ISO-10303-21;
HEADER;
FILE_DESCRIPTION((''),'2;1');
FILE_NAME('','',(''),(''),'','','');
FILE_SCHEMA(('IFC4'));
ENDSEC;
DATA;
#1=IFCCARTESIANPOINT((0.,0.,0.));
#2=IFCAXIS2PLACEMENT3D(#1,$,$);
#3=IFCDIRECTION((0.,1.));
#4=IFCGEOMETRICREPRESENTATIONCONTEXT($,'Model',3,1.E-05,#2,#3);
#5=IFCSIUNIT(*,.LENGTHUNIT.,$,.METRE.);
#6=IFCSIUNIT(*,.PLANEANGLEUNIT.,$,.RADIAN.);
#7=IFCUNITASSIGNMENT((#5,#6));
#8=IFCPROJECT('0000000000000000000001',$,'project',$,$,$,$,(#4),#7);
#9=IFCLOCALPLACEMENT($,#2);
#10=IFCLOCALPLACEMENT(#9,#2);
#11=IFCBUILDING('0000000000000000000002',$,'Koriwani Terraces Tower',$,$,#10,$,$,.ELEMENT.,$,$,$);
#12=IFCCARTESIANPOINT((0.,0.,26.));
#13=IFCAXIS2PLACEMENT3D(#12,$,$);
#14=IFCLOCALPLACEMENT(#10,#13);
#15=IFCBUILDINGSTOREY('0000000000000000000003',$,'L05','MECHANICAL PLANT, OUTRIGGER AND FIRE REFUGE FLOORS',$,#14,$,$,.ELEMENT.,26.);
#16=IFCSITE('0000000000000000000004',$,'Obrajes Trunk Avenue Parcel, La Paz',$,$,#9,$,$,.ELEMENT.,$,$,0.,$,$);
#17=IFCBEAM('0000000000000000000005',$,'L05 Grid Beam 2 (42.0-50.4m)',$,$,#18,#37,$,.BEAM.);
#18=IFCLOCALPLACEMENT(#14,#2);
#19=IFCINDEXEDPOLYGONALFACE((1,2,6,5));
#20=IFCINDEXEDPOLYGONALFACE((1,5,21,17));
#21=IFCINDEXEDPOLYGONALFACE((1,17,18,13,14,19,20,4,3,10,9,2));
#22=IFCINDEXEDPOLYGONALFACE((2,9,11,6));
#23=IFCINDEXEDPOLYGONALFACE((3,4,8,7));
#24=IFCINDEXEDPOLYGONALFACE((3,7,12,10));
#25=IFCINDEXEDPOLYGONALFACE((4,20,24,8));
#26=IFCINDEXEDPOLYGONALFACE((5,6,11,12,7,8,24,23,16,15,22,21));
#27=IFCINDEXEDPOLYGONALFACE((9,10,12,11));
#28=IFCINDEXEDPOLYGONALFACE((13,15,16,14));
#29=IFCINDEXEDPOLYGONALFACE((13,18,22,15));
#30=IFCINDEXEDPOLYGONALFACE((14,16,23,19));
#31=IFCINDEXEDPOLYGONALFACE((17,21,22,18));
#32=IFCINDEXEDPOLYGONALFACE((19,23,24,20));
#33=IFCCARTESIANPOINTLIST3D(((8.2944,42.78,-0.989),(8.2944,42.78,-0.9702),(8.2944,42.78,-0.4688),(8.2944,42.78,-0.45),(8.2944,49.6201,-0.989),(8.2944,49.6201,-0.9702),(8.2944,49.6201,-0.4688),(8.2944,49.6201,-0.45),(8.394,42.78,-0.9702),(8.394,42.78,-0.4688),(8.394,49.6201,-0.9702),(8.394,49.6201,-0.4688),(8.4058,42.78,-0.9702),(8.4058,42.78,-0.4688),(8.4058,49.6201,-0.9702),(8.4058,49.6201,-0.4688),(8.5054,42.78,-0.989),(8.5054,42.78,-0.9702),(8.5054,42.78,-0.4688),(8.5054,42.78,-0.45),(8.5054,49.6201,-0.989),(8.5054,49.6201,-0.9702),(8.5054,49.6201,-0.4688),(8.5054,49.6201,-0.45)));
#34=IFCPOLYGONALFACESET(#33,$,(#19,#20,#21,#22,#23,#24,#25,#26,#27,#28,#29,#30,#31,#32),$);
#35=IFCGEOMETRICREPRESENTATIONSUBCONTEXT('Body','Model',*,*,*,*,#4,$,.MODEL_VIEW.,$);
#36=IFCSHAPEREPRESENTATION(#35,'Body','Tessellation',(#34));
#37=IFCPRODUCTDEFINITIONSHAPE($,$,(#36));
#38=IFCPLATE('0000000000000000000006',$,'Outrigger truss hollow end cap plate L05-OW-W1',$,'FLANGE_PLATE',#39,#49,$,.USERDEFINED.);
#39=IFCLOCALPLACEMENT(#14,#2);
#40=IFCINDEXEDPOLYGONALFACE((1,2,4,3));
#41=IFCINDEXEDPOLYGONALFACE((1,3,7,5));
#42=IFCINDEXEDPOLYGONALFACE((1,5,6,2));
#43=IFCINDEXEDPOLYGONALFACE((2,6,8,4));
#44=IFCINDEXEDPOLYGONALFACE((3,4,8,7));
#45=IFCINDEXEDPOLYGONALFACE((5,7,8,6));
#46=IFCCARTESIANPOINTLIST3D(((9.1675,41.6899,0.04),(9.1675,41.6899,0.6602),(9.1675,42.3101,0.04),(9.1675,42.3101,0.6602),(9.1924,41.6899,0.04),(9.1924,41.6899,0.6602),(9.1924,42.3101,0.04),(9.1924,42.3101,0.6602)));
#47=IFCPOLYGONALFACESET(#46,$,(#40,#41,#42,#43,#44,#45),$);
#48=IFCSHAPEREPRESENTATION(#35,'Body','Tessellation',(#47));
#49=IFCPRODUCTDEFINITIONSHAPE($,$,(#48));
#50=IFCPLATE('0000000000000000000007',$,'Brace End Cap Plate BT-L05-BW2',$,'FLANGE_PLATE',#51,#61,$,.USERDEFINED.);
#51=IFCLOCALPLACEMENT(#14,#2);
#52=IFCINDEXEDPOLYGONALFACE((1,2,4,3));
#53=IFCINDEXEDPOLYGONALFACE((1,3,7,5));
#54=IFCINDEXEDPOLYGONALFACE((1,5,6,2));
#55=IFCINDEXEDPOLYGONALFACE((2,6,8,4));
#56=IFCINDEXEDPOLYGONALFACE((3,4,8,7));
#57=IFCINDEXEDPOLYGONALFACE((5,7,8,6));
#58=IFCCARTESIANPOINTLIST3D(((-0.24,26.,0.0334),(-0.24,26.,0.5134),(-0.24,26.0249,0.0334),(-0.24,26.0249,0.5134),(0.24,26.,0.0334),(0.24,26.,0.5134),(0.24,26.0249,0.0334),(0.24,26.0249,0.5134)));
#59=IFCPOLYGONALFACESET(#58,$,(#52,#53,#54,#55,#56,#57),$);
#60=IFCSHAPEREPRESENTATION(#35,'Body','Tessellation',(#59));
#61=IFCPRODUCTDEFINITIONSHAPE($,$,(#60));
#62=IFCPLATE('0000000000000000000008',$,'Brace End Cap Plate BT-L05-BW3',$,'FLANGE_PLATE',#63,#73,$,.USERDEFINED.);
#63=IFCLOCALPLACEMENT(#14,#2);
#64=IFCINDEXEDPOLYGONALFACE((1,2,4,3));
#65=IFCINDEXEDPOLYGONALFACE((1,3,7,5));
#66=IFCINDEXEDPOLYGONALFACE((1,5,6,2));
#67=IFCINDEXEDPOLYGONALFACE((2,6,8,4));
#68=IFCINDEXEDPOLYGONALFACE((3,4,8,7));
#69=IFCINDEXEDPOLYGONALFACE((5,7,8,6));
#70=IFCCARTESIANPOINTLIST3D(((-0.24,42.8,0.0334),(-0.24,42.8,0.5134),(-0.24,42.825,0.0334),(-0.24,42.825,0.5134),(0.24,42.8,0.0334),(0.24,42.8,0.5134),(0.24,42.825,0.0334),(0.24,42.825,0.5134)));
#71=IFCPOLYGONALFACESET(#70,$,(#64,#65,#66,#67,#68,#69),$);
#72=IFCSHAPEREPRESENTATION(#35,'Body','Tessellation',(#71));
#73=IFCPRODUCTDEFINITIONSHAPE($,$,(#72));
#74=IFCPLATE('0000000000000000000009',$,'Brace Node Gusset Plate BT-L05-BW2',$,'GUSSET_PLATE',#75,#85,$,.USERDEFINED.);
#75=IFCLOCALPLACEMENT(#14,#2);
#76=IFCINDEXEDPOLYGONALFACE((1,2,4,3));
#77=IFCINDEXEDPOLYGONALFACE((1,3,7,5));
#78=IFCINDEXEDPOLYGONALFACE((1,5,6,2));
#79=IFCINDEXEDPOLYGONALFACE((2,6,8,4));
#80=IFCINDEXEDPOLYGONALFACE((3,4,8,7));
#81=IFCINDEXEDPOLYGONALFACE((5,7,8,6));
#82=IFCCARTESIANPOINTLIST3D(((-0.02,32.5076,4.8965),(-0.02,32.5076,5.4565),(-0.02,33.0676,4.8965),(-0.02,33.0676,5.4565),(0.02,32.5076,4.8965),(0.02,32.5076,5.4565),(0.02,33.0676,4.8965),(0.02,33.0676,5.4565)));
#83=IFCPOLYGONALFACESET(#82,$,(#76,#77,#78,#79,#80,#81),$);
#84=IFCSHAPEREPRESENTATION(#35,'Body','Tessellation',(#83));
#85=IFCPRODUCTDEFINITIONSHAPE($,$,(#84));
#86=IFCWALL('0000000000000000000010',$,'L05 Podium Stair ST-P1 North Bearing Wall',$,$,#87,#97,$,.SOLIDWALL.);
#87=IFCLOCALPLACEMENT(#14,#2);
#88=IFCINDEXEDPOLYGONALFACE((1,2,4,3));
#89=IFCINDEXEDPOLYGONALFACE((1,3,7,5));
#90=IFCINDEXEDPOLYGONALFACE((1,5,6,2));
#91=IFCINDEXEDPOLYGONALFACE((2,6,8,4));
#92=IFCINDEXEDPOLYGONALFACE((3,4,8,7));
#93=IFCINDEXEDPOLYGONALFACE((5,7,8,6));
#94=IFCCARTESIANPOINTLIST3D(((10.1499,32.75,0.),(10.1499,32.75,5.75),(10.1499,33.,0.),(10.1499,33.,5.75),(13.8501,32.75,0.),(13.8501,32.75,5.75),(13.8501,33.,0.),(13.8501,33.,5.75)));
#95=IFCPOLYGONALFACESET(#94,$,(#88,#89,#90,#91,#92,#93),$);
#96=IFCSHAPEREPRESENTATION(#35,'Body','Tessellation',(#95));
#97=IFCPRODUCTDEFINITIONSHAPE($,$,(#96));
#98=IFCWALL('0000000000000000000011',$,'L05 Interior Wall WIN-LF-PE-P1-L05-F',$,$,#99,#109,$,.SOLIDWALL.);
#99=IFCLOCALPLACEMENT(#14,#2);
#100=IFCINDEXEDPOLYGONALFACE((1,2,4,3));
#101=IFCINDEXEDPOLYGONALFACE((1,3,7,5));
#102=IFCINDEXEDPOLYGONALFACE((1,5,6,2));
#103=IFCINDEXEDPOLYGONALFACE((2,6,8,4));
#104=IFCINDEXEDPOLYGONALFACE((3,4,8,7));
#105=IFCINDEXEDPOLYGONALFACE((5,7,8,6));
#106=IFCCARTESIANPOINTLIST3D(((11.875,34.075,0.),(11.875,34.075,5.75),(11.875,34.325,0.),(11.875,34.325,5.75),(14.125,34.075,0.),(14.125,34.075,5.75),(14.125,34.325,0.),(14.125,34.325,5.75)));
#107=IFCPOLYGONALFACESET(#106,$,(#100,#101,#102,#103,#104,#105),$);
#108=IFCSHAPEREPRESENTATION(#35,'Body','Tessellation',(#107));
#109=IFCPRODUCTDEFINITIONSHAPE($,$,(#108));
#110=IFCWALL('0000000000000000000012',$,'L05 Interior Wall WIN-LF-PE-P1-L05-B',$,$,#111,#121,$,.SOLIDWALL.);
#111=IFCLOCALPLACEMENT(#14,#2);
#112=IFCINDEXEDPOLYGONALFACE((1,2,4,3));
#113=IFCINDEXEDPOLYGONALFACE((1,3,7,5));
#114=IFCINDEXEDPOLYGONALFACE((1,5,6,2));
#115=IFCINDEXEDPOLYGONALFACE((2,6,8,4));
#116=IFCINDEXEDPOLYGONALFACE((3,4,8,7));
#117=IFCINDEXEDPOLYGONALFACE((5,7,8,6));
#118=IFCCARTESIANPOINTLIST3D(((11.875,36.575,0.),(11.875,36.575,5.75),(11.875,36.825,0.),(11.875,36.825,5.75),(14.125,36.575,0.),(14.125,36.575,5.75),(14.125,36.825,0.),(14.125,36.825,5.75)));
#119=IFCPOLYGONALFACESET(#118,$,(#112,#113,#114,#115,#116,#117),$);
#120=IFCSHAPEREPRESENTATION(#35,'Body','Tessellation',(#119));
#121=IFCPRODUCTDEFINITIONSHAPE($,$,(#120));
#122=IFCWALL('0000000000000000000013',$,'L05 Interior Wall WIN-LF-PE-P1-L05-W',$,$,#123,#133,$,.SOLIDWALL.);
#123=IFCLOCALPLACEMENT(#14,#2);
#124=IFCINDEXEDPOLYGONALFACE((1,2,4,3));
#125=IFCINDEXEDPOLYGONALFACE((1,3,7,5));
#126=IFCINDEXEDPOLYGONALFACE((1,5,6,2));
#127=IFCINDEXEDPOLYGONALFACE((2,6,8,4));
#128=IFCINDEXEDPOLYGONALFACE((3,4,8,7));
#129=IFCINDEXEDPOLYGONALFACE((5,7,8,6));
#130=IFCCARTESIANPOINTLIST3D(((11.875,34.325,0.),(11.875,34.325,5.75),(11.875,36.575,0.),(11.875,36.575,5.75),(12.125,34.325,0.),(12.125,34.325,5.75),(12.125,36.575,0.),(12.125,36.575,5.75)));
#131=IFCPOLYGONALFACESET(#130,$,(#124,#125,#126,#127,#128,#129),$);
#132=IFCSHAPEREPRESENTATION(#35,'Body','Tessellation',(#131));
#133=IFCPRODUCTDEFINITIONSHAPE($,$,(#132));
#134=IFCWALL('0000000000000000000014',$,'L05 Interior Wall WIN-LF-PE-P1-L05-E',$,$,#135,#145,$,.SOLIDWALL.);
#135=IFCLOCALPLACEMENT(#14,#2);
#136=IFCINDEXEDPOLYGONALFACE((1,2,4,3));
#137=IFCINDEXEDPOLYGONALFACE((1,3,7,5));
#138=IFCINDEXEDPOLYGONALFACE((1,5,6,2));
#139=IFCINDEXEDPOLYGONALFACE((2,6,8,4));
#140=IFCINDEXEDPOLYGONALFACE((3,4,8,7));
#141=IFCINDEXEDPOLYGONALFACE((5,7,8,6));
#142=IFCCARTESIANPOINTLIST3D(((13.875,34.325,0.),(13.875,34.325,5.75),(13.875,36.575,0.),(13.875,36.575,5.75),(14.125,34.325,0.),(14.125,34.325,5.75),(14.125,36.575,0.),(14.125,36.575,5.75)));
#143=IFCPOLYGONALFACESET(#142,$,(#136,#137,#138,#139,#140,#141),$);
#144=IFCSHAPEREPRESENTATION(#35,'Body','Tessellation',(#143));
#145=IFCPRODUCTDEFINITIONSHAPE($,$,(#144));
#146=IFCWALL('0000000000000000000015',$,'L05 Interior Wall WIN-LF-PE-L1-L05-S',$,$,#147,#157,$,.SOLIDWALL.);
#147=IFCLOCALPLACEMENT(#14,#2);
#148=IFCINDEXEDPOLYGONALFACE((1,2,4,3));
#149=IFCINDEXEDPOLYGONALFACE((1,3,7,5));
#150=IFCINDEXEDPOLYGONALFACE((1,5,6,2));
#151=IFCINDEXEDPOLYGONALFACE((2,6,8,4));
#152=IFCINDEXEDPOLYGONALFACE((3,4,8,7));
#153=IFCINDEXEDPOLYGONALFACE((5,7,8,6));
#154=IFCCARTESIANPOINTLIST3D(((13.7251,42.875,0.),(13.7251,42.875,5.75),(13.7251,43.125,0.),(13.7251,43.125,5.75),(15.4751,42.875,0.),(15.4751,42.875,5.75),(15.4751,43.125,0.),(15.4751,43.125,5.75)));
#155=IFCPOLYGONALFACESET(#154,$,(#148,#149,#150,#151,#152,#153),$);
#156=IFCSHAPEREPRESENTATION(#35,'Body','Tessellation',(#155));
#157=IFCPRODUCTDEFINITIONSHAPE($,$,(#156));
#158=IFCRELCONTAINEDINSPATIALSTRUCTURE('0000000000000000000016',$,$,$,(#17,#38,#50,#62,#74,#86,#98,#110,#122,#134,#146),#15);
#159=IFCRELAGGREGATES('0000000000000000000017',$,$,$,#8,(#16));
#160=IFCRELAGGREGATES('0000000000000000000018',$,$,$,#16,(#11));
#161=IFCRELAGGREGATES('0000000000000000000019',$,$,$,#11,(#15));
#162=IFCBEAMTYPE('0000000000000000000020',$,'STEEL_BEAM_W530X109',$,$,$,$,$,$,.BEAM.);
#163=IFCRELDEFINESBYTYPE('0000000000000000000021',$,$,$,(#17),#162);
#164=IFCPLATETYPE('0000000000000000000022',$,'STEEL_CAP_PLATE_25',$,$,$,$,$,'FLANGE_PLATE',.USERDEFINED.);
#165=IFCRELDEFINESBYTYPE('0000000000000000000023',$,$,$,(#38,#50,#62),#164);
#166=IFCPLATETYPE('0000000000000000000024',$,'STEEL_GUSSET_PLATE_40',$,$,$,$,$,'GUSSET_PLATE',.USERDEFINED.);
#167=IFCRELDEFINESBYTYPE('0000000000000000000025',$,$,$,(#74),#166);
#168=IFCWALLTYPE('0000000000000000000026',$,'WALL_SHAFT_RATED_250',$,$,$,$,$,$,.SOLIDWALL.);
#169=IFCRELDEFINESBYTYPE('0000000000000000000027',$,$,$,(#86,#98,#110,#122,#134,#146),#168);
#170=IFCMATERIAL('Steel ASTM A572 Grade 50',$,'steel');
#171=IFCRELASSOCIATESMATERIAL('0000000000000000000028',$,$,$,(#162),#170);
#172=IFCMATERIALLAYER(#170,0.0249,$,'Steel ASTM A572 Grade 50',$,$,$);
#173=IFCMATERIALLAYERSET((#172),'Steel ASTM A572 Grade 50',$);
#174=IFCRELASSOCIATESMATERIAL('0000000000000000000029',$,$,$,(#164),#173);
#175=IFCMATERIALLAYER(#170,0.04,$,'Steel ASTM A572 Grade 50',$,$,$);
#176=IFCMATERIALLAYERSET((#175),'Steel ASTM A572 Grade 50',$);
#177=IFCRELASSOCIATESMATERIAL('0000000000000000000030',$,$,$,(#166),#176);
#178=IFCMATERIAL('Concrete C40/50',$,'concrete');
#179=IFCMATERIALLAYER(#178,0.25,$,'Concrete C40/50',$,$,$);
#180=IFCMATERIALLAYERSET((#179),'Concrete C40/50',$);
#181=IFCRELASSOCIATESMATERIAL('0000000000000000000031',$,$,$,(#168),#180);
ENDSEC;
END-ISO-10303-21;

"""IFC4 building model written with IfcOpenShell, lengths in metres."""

from ifc_helpers import new_model, si_unit, direction, frame, frame_2d, origin, origin_2d, place, context, subcontext, project, spatial, rectangle, i_section, extrude, material, layer, layer_set, material_profile, profile_set, type_object, element, save


model = new_model("IFC4")

# Units and contexts
model_context = context("Model", 3, precision=1e-05, world=origin(), true_north=direction((0.0, 1.0)))
body_context = subcontext(model_context, "Body", "Model", "MODEL_VIEW")
ifc_project = project(units=[si_unit("LENGTHUNIT", "METRE"), si_unit("PLANEANGLEUNIT", "RADIAN")], contexts=[model_context])

# Site, building, storey
site_placement = place(None, origin())
site = spatial("IfcSite", under=ifc_project, at=site_placement, Name="Obrajes Trunk Avenue Parcel, La Paz", CompositionType="ELEMENT", RefElevation=0.0)
building_placement = place(site_placement, origin())
building = spatial("IfcBuilding", under=site, at=building_placement, Name="Koriwani Terraces Tower", CompositionType="ELEMENT")
storey_placement = place(building_placement, frame((0.0, 0.0, 26.0)))
storey = spatial("IfcBuildingStorey", under=building, at=storey_placement, Name="L05", Description="MECHANICAL PLANT, OUTRIGGER AND FIRE REFUGE FLOORS", CompositionType="ELEMENT", Elevation=26.0)

# Shared definitions
ifc_material_1 = material(Name="Concrete C40/50", Category="concrete")

# Shared definitions
ifc_material_2 = material(Name="Steel ASTM A572 Grade 50", Category="steel")

# Beam
ifc_material_profile_1 = material_profile(ifc_material_2, i_section(OverallWidth=0.2109, OverallDepth=0.5391, WebThickness=0.0117, FlangeThickness=0.0188, at=origin_2d()), Name="Steel ASTM A572 Grade 50", Category="LoadBearing")
ifc_profile_set_1 = profile_set([ifc_material_profile_1], Name="Steel ASTM A572 Grade 50")
beam_type_1 = type_object("IfcBeamType", Name="STEEL_BEAM_W530X109", PredefinedType="BEAM", material=ifc_profile_set_1)
for number, where, z_axis, x_axis, name in (
    (1, (8.3999, 42.78, -0.7195), (0.0, 1.0, 0.0), (-1.0, 0.0, 0.0), "L05 Grid Beam 2 (42.0-50.4m)"),
):
    element("IfcBeam", number, at=place(storey_placement, frame(where, z_axis=z_axis, x_axis=x_axis)), inside=storey, type_object=beam_type_1, Name=name, PredefinedType="BEAM", context=body_context, shape_type="SweptSolid", body=[
        extrude(i_section(OverallWidth=0.2109, OverallDepth=0.5391, WebThickness=0.0117, FlangeThickness=0.0188, at=origin_2d()), origin(), (0.0, 0.0, 1.0), 6.8401),
    ])

# Plates
ifc_layer_1 = layer(ifc_material_2, 0.0249, Name="Steel ASTM A572 Grade 50")
ifc_layer_set_1 = layer_set([ifc_layer_1], Name="Steel ASTM A572 Grade 50")
plate_type_1 = type_object("IfcPlateType", Name="STEEL_CAP_PLATE_25", ElementType="FLANGE_PLATE", PredefinedType="USERDEFINED", material=ifc_layer_set_1)
plate_1_placement = place(storey_placement, frame((9.1799, 42.0, 0.04), z_axis=(0.0, 0.0, 1.0), x_axis=(1.0, 0.0, 0.0)))
element("IfcPlate", 2, at=plate_1_placement, inside=storey, type_object=plate_type_1, Name="Outrigger truss hollow end cap plate L05-OW-W1", ObjectType="FLANGE_PLATE", PredefinedType="USERDEFINED", context=body_context, shape_type="SweptSolid", body=[
    extrude(rectangle(XDim=0.0249, YDim=0.6201, at=origin_2d()), origin(), (0.0, 0.0, 1.0), 0.6201),
])
for number, where, z_axis, x_axis, name in (
    (3, (0.0, 26.0125, 0.0334), (0.0, 0.0, 1.0), (0.0, 1.0, 0.0), "Brace End Cap Plate BT-L05-BW2"),
    (4, (0.0, 42.8125, 0.0334), (0.0, 0.0, 1.0), (0.0, 1.0, 0.0), "Brace End Cap Plate BT-L05-BW3"),
):
    element("IfcPlate", number, at=place(storey_placement, frame(where, z_axis=z_axis, x_axis=x_axis)), inside=storey, type_object=plate_type_1, Name=name, ObjectType="FLANGE_PLATE", PredefinedType="USERDEFINED", context=body_context, shape_type="SweptSolid", body=[
        extrude(rectangle(XDim=0.0249, YDim=0.48, at=origin_2d()), origin(), (0.0, 0.0, 1.0), 0.48),
    ])
ifc_layer_2 = layer(ifc_material_2, 0.04, Name="Steel ASTM A572 Grade 50")
ifc_layer_set_2 = layer_set([ifc_layer_2], Name="Steel ASTM A572 Grade 50")
plate_type_2 = type_object("IfcPlateType", Name="STEEL_GUSSET_PLATE_40", ElementType="GUSSET_PLATE", PredefinedType="USERDEFINED", material=ifc_layer_set_2)
plate_2_placement = place(storey_placement, frame((0.0, 32.7876, 4.8965), z_axis=(0.0, 0.0, 1.0), x_axis=(0.0, 1.0, 0.0)))
element("IfcPlate", 5, at=plate_2_placement, inside=storey, type_object=plate_type_2, Name="Brace Node Gusset Plate BT-L05-BW2", ObjectType="GUSSET_PLATE", PredefinedType="USERDEFINED", context=body_context, shape_type="SweptSolid", body=[
    extrude(rectangle(XDim=0.5601, YDim=0.04, at=origin_2d()), origin(), (0.0, 0.0, 1.0), 0.5601),
])

# Walls
ifc_layer_3 = layer(ifc_material_1, 0.25, Name="Concrete C40/50")
ifc_layer_set_3 = layer_set([ifc_layer_3], Name="Concrete C40/50")
wall_type = type_object("IfcWallType", Name="WALL_SHAFT_RATED_250", PredefinedType="SOLIDWALL", material=ifc_layer_set_3)
wall_1_placement = place(storey_placement, frame((10.1499, 32.875, 0.0), z_axis=(0.0, 0.0, 1.0), x_axis=(1.0, 0.0, 0.0)))
element("IfcWall", 6, at=wall_1_placement, inside=storey, type_object=wall_type, Name="L05 Podium Stair ST-P1 North Bearing Wall", PredefinedType="SOLIDWALL", context=body_context, shape_type="SweptSolid", body=[
    extrude(rectangle(XDim=3.7002, YDim=0.25, at=frame_2d((1.8501, 0.0))), origin(), (0.0, 0.0, 1.0), 5.75),
])
for number, where, z_axis, x_axis, name in (
    (7, (11.875, 34.2, 0.0), (0.0, 0.0, 1.0), (1.0, 0.0, 0.0), "L05 Interior Wall WIN-LF-PE-P1-L05-F"),
    (8, (11.875, 36.7, 0.0), (0.0, 0.0, 1.0), (1.0, 0.0, 0.0), "L05 Interior Wall WIN-LF-PE-P1-L05-B"),
    (9, (12.0, 34.325, 0.0), (0.0, 0.0, 1.0), (0.0, 1.0, 0.0), "L05 Interior Wall WIN-LF-PE-P1-L05-W"),
    (10, (14.0, 34.325, 0.0), (0.0, 0.0, 1.0), (0.0, 1.0, 0.0), "L05 Interior Wall WIN-LF-PE-P1-L05-E"),
):
    element("IfcWall", number, at=place(storey_placement, frame(where, z_axis=z_axis, x_axis=x_axis)), inside=storey, type_object=wall_type, Name=name, PredefinedType="SOLIDWALL", context=body_context, shape_type="SweptSolid", body=[
        extrude(rectangle(XDim=2.25, YDim=0.25, at=frame_2d((1.125, 0.0))), origin(), (0.0, 0.0, 1.0), 5.75),
    ])

# Wall
wall_2_placement = place(storey_placement, frame((13.7251, 43.0, 0.0), z_axis=(0.0, 0.0, 1.0), x_axis=(1.0, 0.0, 0.0)))
element("IfcWall", 11, at=wall_2_placement, inside=storey, type_object=wall_type, Name="L05 Interior Wall WIN-LF-PE-L1-L05-S", PredefinedType="SOLIDWALL", context=body_context, shape_type="SweptSolid", body=[
    extrude(rectangle(XDim=1.75, YDim=0.25, at=frame_2d((0.875, 0.0))), origin(), (0.0, 0.0, 1.0), 5.75),
])

save(model, "model.ifc")
